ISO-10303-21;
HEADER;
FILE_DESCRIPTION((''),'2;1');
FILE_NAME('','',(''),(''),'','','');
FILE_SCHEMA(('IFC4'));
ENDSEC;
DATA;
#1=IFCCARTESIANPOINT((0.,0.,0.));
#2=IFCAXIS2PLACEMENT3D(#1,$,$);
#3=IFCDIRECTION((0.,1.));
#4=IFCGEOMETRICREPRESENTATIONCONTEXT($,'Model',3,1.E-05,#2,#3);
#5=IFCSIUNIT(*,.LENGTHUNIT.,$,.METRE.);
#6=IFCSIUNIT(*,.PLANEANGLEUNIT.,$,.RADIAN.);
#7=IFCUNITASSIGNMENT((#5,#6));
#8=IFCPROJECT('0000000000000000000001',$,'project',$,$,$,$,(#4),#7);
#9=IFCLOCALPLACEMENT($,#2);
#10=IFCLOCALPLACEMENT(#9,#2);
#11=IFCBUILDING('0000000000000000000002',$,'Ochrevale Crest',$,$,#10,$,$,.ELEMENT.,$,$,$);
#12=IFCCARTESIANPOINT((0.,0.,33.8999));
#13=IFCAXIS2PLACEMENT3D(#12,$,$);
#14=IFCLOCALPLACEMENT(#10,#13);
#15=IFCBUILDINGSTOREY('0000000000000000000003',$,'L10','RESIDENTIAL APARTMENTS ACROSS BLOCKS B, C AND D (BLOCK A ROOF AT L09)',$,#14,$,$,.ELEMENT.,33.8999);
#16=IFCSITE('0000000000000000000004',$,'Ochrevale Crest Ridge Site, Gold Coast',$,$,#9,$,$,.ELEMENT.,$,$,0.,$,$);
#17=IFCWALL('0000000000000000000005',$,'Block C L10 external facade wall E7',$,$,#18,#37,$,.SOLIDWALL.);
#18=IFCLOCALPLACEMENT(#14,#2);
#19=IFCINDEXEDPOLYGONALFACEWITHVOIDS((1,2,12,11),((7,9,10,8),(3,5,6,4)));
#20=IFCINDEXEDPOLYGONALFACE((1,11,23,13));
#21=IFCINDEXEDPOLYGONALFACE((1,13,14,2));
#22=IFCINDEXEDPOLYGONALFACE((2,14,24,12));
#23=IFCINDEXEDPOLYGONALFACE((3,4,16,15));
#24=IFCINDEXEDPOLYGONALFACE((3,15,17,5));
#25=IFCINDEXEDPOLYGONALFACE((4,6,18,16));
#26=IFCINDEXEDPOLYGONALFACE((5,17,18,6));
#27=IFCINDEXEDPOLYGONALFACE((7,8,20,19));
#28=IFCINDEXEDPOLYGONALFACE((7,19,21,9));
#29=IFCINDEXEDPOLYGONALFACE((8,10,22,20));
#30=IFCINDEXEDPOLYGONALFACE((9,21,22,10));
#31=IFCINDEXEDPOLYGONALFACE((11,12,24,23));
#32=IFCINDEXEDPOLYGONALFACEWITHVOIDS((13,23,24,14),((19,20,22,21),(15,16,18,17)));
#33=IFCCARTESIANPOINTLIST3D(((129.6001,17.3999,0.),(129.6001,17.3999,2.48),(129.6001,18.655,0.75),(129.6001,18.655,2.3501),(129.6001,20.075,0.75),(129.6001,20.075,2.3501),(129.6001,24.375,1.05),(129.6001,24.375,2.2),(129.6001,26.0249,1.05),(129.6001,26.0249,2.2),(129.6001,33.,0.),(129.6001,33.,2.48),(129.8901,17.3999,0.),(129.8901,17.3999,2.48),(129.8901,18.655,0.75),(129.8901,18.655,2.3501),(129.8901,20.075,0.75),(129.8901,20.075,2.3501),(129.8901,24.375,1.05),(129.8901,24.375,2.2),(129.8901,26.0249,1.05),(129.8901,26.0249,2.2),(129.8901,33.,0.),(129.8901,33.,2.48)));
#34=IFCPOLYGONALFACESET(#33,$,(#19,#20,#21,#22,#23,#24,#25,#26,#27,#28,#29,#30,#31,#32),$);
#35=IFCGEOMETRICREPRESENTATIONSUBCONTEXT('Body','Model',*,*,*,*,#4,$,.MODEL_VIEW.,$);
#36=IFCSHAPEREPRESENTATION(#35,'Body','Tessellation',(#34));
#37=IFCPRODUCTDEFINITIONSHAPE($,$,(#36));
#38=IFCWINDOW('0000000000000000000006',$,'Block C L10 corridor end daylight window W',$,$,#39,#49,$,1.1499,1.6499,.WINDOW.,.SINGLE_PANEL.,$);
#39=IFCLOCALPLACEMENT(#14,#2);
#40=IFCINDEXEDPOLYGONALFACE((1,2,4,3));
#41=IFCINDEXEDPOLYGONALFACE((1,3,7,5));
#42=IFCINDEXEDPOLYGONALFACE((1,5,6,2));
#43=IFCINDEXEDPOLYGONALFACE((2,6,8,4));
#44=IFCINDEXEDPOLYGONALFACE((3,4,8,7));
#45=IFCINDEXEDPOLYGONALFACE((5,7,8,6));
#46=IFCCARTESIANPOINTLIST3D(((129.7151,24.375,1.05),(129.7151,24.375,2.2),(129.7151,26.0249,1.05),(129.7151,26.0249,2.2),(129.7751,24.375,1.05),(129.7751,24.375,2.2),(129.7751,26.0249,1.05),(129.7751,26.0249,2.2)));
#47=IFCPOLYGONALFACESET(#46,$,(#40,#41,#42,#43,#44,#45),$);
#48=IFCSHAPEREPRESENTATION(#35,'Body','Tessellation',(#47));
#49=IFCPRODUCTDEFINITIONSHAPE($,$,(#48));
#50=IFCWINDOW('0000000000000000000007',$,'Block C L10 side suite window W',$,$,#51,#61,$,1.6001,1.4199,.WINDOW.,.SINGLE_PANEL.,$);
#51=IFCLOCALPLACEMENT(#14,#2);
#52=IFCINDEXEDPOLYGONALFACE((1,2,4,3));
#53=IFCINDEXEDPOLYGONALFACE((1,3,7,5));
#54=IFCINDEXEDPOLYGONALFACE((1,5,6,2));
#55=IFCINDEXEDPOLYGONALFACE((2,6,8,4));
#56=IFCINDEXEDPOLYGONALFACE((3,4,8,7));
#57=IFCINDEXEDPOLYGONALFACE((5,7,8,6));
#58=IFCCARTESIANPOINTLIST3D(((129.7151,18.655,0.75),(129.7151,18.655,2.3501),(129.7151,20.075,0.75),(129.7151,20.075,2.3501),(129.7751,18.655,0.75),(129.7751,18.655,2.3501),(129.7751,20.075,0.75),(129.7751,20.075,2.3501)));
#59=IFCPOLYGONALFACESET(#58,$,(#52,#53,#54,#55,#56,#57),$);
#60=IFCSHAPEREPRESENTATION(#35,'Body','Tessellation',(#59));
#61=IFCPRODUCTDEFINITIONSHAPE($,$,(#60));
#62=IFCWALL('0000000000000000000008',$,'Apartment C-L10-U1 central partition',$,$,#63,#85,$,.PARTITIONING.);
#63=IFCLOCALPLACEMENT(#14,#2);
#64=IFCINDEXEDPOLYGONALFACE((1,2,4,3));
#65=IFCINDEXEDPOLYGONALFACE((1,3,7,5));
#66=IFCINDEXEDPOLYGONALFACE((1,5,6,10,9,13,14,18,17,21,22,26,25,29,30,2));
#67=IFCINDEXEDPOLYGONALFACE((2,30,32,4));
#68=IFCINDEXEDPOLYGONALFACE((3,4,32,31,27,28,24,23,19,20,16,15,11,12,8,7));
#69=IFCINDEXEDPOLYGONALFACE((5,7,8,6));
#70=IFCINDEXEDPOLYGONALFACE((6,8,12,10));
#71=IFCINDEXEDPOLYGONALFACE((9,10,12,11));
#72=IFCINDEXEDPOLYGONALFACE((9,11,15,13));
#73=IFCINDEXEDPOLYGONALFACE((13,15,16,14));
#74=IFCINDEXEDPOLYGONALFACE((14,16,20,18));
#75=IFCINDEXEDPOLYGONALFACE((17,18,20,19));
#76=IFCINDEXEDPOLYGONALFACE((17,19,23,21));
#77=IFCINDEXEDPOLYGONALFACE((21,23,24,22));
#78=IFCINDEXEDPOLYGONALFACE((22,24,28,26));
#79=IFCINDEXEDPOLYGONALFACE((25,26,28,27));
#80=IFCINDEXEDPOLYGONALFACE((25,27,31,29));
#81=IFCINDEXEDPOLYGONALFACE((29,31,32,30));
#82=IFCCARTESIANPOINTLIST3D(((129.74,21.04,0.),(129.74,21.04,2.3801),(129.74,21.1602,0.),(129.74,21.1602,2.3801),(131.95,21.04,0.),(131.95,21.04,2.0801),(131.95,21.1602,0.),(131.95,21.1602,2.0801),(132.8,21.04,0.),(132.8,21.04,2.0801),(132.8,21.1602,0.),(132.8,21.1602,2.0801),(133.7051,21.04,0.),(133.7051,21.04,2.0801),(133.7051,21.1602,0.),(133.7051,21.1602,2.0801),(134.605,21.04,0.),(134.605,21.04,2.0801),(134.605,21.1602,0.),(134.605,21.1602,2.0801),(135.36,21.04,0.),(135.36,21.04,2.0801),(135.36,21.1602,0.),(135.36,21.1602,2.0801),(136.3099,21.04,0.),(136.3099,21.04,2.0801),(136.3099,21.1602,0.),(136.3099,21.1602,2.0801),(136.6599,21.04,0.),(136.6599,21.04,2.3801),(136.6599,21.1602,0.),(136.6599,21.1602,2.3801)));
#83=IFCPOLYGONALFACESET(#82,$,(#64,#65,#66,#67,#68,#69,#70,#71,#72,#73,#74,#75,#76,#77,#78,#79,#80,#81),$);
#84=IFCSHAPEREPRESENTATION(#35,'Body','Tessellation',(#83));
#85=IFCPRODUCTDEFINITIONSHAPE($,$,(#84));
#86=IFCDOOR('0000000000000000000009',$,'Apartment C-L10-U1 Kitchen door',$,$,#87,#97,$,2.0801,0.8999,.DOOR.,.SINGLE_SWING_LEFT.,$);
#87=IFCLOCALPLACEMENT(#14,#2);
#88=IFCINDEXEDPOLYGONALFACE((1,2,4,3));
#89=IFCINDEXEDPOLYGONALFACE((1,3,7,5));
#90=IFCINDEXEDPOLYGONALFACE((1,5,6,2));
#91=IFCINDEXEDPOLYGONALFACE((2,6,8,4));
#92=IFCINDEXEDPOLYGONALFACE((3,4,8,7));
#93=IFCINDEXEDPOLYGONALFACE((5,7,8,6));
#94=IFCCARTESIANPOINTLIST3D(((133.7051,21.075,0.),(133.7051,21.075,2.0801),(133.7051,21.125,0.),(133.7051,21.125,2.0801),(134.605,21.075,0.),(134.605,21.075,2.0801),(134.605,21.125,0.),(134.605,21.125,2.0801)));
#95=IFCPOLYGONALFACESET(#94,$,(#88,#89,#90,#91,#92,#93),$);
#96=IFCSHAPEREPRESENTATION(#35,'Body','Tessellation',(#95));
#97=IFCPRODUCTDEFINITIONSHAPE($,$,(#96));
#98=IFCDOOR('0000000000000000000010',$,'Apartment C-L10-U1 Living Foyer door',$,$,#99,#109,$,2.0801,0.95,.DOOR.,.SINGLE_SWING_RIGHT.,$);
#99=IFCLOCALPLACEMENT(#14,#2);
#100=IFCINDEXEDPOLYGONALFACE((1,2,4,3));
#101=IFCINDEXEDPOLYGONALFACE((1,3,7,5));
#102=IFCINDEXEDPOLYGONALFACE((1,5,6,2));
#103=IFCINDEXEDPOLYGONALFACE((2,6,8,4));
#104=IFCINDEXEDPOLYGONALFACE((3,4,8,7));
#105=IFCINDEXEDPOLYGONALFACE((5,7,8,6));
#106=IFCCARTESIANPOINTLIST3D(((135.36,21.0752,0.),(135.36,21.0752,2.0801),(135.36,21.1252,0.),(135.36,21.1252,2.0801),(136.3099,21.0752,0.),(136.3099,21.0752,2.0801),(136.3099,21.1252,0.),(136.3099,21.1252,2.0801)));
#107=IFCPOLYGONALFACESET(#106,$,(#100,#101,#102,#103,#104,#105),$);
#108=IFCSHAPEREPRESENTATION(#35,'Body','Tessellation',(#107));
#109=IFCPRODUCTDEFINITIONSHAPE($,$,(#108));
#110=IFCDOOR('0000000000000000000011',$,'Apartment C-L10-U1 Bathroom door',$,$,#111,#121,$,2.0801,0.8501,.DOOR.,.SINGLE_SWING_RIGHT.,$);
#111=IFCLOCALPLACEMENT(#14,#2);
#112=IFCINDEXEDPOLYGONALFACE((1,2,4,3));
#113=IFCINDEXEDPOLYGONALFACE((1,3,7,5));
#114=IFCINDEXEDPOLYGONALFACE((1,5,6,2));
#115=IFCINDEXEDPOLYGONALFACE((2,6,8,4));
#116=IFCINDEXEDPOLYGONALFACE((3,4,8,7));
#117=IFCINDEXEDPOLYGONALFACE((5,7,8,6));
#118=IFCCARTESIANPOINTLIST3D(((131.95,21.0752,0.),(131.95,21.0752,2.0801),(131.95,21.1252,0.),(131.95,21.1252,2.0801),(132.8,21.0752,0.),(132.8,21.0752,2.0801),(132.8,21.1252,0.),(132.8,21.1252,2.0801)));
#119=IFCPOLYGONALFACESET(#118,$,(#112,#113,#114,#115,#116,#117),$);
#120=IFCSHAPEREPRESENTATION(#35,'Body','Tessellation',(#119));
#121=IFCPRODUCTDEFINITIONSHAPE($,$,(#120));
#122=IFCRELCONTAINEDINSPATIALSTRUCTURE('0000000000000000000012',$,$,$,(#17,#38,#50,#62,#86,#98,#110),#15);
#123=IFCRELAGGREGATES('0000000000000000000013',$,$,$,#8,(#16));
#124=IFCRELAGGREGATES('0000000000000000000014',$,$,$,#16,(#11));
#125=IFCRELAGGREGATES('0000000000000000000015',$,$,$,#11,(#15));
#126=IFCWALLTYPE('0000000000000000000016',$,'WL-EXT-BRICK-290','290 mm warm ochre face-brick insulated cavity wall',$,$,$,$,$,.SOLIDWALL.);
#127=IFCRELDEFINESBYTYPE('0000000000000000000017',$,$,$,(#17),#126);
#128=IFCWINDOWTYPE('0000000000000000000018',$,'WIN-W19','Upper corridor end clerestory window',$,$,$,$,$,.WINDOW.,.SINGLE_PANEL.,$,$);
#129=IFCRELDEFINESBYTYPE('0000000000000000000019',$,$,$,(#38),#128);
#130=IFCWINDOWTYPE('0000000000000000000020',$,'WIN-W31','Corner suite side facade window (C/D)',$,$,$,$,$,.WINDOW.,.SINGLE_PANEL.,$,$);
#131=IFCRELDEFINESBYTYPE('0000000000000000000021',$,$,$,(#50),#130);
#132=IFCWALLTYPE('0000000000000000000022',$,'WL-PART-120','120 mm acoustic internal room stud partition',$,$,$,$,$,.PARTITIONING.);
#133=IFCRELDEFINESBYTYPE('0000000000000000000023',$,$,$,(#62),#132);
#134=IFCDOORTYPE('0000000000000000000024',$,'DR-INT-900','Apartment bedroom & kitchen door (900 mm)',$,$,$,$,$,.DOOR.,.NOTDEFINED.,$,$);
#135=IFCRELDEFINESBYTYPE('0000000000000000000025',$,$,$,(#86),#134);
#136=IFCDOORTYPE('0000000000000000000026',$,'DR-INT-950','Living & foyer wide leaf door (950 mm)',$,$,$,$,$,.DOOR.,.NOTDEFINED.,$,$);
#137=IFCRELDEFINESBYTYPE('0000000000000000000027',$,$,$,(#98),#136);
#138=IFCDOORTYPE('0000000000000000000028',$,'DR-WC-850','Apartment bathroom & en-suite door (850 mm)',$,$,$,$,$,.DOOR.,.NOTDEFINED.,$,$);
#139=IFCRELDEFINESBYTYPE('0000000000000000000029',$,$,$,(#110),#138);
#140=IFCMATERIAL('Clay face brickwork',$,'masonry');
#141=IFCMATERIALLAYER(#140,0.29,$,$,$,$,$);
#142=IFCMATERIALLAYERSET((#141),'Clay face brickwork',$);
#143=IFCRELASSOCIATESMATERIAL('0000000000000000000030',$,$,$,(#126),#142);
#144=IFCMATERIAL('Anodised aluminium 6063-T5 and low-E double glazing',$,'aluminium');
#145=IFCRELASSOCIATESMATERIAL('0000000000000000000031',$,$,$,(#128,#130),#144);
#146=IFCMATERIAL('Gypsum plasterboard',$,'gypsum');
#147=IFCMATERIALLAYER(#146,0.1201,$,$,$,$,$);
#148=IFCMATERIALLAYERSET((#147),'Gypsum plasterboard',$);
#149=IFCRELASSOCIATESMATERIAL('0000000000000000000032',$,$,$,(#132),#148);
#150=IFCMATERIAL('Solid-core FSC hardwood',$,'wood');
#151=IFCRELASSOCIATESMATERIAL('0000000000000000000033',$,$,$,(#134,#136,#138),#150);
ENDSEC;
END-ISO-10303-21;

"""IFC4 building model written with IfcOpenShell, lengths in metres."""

from ifc_helpers import new_model, si_unit, direction, frame, frame_2d, origin, place, context, subcontext, project, spatial, rectangle, extrude, material, layer, layer_set, type_object, element, fill, save


model = new_model("IFC4")

# Units and contexts
model_context = context("Model", 3, precision=1e-05, world=origin(), true_north=direction((0.0, 1.0)))
body_context = subcontext(model_context, "Body", "Model", "MODEL_VIEW")
ifc_project = project(units=[si_unit("LENGTHUNIT", "METRE"), si_unit("PLANEANGLEUNIT", "RADIAN")], contexts=[model_context])

# Site, building, storey
site_placement = place(None, origin())
site = spatial("IfcSite", under=ifc_project, at=site_placement, Name="Ochrevale Crest Ridge Site, Gold Coast", CompositionType="ELEMENT", RefElevation=0.0)
building_placement = place(site_placement, origin())
building = spatial("IfcBuilding", under=site, at=building_placement, Name="Ochrevale Crest", CompositionType="ELEMENT")
storey_placement = place(building_placement, frame((0.0, 0.0, 33.8999)))
storey = spatial("IfcBuildingStorey", under=building, at=storey_placement, Name="L10", Description="RESIDENTIAL APARTMENTS ACROSS BLOCKS B, C AND D (BLOCK A ROOF AT L09)", CompositionType="ELEMENT", Elevation=33.8999)

# Shared definitions
ifc_material_1 = material(Name="Gypsum plasterboard", Category="gypsum")
ifc_material_2 = material(Name="Solid-core FSC hardwood", Category="wood")

# Wall, openings, windows
ifc_material_3 = material(Name="Clay face brickwork", Category="masonry")
ifc_layer_1 = layer(ifc_material_3, 0.29)
ifc_layer_set_1 = layer_set([ifc_layer_1], Name="Clay face brickwork")
wall_type_1 = type_object("IfcWallType", Name="WL-EXT-BRICK-290", Description="290 mm warm ochre face-brick insulated cavity wall", PredefinedType="SOLIDWALL", material=ifc_layer_set_1)
wall_1_placement = place(storey_placement, frame((129.7451, 33.0, 0.0), z_axis=(0.0, 0.0, 1.0), x_axis=(0.0, -1.0, 0.0)))
wall_1 = element("IfcWall", 1, at=wall_1_placement, inside=storey, type_object=wall_type_1, Name="Block C L10 external facade wall E7", PredefinedType="SOLIDWALL", context=body_context, shape_type="SweptSolid", body=[
    extrude(rectangle(XDim=15.6001, YDim=0.29, at=frame_2d((7.8, 0.0))), origin(), (0.0, 0.0, 1.0), 2.48),
])
opening_1_placement = place(wall_1_placement, frame((6.9751, 0.0, 1.05)))
opening_1 = element("IfcOpeningElement", 2, at=opening_1_placement, cuts=wall_1, PredefinedType="OPENING", context=body_context, shape_type="SweptSolid", body=[
    extrude(rectangle(XDim=1.6499, YDim=1.1499, at=frame_2d((0.825, 0.575))), frame((0.0, 0.155, 0.0), z_axis=(0.0, -1.0, 0.0), x_axis=(1.0, 0.0, 0.0)), (0.0, 0.0, 1.0), 0.3101),
])
opening_2_placement = place(wall_1_placement, frame((12.925, 0.0, 0.75)))
opening_2 = element("IfcOpeningElement", 3, at=opening_2_placement, cuts=wall_1, PredefinedType="OPENING", context=body_context, shape_type="SweptSolid", body=[
    extrude(rectangle(XDim=1.4199, YDim=1.6001, at=frame_2d((0.71, 0.8))), frame((0.0, 0.155, 0.0), z_axis=(0.0, -1.0, 0.0), x_axis=(1.0, 0.0, 0.0)), (0.0, 0.0, 1.0), 0.3101),
])
ifc_material_4 = material(Name="Anodised aluminium 6063-T5 and low-E double glazing", Category="aluminium")
window_type_1 = type_object("IfcWindowType", Name="WIN-W19", Description="Upper corridor end clerestory window", PartitioningType="SINGLE_PANEL", PredefinedType="WINDOW", material=ifc_material_4)
window_1_placement = place(opening_1_placement, origin())
window_1 = element("IfcWindow", 4, at=window_1_placement, inside=storey, type_object=window_type_1, Name="Block C L10 corridor end daylight window W", OverallHeight=1.1499, OverallWidth=1.6499, PartitioningType="SINGLE_PANEL", PredefinedType="WINDOW", context=body_context, shape_type="SweptSolid", body=[
    extrude(rectangle(XDim=1.6499, YDim=1.1499, at=frame_2d((0.825, 0.575))), frame((0.0, 0.03, 0.0), z_axis=(0.0, -1.0, 0.0), x_axis=(1.0, 0.0, 0.0)), (0.0, 0.0, 1.0), 0.0601),
])
fill(opening_1, window_1)
window_type_2 = type_object("IfcWindowType", Name="WIN-W31", Description="Corner suite side facade window (C/D)", PartitioningType="SINGLE_PANEL", PredefinedType="WINDOW", material=ifc_material_4)
window_2_placement = place(opening_2_placement, origin())
window_2 = element("IfcWindow", 5, at=window_2_placement, inside=storey, type_object=window_type_2, Name="Block C L10 side suite window W", OverallHeight=1.6001, OverallWidth=1.4199, PartitioningType="SINGLE_PANEL", PredefinedType="WINDOW", context=body_context, shape_type="SweptSolid", body=[
    extrude(rectangle(XDim=1.4199, YDim=1.6001, at=frame_2d((0.71, 0.8))), frame((0.0, 0.03, 0.0), z_axis=(0.0, -1.0, 0.0), x_axis=(1.0, 0.0, 0.0)), (0.0, 0.0, 1.0), 0.0601),
])
fill(opening_2, window_2)

# Wall, openings, doors
ifc_layer_2 = layer(ifc_material_1, 0.1201)
ifc_layer_set_2 = layer_set([ifc_layer_2], Name="Gypsum plasterboard")
wall_type_2 = type_object("IfcWallType", Name="WL-PART-120", Description="120 mm acoustic internal room stud partition", PredefinedType="PARTITIONING", material=ifc_layer_set_2)
wall_2_placement = place(storey_placement, frame((129.74, 21.1001, 0.0), z_axis=(0.0, 0.0, 1.0), x_axis=(1.0, 0.0, 0.0)))
wall_2 = element("IfcWall", 6, at=wall_2_placement, inside=storey, type_object=wall_type_2, Name="Apartment C-L10-U1 central partition", PredefinedType="PARTITIONING", context=body_context, shape_type="SweptSolid", body=[
    extrude(rectangle(XDim=6.9199, YDim=0.1201, at=frame_2d((3.46, 0.0))), origin(), (0.0, 0.0, 1.0), 2.3801),
])
opening_3_placement = place(wall_2_placement, frame((3.0601, 0.0, 0.0), z_axis=(0.0, 0.0, 1.0), x_axis=(-1.0, 0.0, 0.0)))
opening_3 = element("IfcOpeningElement", 7, at=opening_3_placement, cuts=wall_2, PredefinedType="OPENING", context=body_context, shape_type="SweptSolid", body=[
    extrude(rectangle(XDim=0.8501, YDim=2.0801, at=frame_2d((0.425, 1.04))), frame((0.0, 0.0701, 0.0), z_axis=(0.0, -1.0, 0.0), x_axis=(1.0, 0.0, 0.0)), (0.0, 0.0, 1.0), 0.1401),
])
opening_4_placement = place(wall_2_placement, frame((3.9651, 0.0, 0.0)))
opening_4 = element("IfcOpeningElement", 8, at=opening_4_placement, cuts=wall_2, PredefinedType="OPENING", context=body_context, shape_type="SweptSolid", body=[
    extrude(rectangle(XDim=0.8999, YDim=2.0801, at=frame_2d((0.45, 1.04))), frame((0.0, 0.0701, 0.0), z_axis=(0.0, -1.0, 0.0), x_axis=(1.0, 0.0, 0.0)), (0.0, 0.0, 1.0), 0.1401),
])
opening_5_placement = place(wall_2_placement, frame((6.5701, 0.0, 0.0), z_axis=(0.0, 0.0, 1.0), x_axis=(-1.0, 0.0, 0.0)))
opening_5 = element("IfcOpeningElement", 9, at=opening_5_placement, cuts=wall_2, PredefinedType="OPENING", context=body_context, shape_type="SweptSolid", body=[
    extrude(rectangle(XDim=0.95, YDim=2.0801, at=frame_2d((0.4751, 1.04))), frame((0.0, 0.0701, 0.0), z_axis=(0.0, -1.0, 0.0), x_axis=(1.0, 0.0, 0.0)), (0.0, 0.0, 1.0), 0.1401),
])
door_type_1 = type_object("IfcDoorType", Name="DR-INT-900", Description="Apartment bedroom & kitchen door (900 mm)", OperationType="NOTDEFINED", PredefinedType="DOOR", material=ifc_material_2)
door_1_placement = place(opening_4_placement, origin())
door_1 = element("IfcDoor", 10, at=door_1_placement, inside=storey, type_object=door_type_1, Name="Apartment C-L10-U1 Kitchen door", OperationType="SINGLE_SWING_LEFT", OverallHeight=2.0801, OverallWidth=0.8999, PredefinedType="DOOR", context=body_context, shape_type="SweptSolid", body=[
    extrude(rectangle(XDim=0.8999, YDim=2.0801, at=frame_2d((0.45, 1.04))), frame((0.0, 0.0249, 0.0), z_axis=(0.0, -1.0, 0.0), x_axis=(1.0, 0.0, 0.0)), (0.0, 0.0, 1.0), 0.05),
])
fill(opening_4, door_1)
door_type_2 = type_object("IfcDoorType", Name="DR-INT-950", Description="Living & foyer wide leaf door (950 mm)", OperationType="NOTDEFINED", PredefinedType="DOOR", material=ifc_material_2)
door_2_placement = place(opening_5_placement, origin())
door_2 = element("IfcDoor", 11, at=door_2_placement, inside=storey, type_object=door_type_2, Name="Apartment C-L10-U1 Living Foyer door", OperationType="SINGLE_SWING_RIGHT", OverallHeight=2.0801, OverallWidth=0.95, PredefinedType="DOOR", context=body_context, shape_type="SweptSolid", body=[
    extrude(rectangle(XDim=0.95, YDim=2.0801, at=frame_2d((0.4751, 1.04))), frame((0.0, 0.0249, 0.0), z_axis=(0.0, -1.0, 0.0), x_axis=(1.0, 0.0, 0.0)), (0.0, 0.0, 1.0), 0.05),
])
fill(opening_5, door_2)
door_type_3 = type_object("IfcDoorType", Name="DR-WC-850", Description="Apartment bathroom & en-suite door (850 mm)", OperationType="NOTDEFINED", PredefinedType="DOOR", material=ifc_material_2)
door_3_placement = place(opening_3_placement, origin())
door_3 = element("IfcDoor", 12, at=door_3_placement, inside=storey, type_object=door_type_3, Name="Apartment C-L10-U1 Bathroom door", OperationType="SINGLE_SWING_RIGHT", OverallHeight=2.0801, OverallWidth=0.8501, PredefinedType="DOOR", context=body_context, shape_type="SweptSolid", body=[
    extrude(rectangle(XDim=0.8501, YDim=2.0801, at=frame_2d((0.425, 1.04))), frame((0.0, 0.0249, 0.0), z_axis=(0.0, -1.0, 0.0), x_axis=(1.0, 0.0, 0.0)), (0.0, 0.0, 1.0), 0.05),
])
fill(opening_3, door_3)

save(model, "model.ifc")
